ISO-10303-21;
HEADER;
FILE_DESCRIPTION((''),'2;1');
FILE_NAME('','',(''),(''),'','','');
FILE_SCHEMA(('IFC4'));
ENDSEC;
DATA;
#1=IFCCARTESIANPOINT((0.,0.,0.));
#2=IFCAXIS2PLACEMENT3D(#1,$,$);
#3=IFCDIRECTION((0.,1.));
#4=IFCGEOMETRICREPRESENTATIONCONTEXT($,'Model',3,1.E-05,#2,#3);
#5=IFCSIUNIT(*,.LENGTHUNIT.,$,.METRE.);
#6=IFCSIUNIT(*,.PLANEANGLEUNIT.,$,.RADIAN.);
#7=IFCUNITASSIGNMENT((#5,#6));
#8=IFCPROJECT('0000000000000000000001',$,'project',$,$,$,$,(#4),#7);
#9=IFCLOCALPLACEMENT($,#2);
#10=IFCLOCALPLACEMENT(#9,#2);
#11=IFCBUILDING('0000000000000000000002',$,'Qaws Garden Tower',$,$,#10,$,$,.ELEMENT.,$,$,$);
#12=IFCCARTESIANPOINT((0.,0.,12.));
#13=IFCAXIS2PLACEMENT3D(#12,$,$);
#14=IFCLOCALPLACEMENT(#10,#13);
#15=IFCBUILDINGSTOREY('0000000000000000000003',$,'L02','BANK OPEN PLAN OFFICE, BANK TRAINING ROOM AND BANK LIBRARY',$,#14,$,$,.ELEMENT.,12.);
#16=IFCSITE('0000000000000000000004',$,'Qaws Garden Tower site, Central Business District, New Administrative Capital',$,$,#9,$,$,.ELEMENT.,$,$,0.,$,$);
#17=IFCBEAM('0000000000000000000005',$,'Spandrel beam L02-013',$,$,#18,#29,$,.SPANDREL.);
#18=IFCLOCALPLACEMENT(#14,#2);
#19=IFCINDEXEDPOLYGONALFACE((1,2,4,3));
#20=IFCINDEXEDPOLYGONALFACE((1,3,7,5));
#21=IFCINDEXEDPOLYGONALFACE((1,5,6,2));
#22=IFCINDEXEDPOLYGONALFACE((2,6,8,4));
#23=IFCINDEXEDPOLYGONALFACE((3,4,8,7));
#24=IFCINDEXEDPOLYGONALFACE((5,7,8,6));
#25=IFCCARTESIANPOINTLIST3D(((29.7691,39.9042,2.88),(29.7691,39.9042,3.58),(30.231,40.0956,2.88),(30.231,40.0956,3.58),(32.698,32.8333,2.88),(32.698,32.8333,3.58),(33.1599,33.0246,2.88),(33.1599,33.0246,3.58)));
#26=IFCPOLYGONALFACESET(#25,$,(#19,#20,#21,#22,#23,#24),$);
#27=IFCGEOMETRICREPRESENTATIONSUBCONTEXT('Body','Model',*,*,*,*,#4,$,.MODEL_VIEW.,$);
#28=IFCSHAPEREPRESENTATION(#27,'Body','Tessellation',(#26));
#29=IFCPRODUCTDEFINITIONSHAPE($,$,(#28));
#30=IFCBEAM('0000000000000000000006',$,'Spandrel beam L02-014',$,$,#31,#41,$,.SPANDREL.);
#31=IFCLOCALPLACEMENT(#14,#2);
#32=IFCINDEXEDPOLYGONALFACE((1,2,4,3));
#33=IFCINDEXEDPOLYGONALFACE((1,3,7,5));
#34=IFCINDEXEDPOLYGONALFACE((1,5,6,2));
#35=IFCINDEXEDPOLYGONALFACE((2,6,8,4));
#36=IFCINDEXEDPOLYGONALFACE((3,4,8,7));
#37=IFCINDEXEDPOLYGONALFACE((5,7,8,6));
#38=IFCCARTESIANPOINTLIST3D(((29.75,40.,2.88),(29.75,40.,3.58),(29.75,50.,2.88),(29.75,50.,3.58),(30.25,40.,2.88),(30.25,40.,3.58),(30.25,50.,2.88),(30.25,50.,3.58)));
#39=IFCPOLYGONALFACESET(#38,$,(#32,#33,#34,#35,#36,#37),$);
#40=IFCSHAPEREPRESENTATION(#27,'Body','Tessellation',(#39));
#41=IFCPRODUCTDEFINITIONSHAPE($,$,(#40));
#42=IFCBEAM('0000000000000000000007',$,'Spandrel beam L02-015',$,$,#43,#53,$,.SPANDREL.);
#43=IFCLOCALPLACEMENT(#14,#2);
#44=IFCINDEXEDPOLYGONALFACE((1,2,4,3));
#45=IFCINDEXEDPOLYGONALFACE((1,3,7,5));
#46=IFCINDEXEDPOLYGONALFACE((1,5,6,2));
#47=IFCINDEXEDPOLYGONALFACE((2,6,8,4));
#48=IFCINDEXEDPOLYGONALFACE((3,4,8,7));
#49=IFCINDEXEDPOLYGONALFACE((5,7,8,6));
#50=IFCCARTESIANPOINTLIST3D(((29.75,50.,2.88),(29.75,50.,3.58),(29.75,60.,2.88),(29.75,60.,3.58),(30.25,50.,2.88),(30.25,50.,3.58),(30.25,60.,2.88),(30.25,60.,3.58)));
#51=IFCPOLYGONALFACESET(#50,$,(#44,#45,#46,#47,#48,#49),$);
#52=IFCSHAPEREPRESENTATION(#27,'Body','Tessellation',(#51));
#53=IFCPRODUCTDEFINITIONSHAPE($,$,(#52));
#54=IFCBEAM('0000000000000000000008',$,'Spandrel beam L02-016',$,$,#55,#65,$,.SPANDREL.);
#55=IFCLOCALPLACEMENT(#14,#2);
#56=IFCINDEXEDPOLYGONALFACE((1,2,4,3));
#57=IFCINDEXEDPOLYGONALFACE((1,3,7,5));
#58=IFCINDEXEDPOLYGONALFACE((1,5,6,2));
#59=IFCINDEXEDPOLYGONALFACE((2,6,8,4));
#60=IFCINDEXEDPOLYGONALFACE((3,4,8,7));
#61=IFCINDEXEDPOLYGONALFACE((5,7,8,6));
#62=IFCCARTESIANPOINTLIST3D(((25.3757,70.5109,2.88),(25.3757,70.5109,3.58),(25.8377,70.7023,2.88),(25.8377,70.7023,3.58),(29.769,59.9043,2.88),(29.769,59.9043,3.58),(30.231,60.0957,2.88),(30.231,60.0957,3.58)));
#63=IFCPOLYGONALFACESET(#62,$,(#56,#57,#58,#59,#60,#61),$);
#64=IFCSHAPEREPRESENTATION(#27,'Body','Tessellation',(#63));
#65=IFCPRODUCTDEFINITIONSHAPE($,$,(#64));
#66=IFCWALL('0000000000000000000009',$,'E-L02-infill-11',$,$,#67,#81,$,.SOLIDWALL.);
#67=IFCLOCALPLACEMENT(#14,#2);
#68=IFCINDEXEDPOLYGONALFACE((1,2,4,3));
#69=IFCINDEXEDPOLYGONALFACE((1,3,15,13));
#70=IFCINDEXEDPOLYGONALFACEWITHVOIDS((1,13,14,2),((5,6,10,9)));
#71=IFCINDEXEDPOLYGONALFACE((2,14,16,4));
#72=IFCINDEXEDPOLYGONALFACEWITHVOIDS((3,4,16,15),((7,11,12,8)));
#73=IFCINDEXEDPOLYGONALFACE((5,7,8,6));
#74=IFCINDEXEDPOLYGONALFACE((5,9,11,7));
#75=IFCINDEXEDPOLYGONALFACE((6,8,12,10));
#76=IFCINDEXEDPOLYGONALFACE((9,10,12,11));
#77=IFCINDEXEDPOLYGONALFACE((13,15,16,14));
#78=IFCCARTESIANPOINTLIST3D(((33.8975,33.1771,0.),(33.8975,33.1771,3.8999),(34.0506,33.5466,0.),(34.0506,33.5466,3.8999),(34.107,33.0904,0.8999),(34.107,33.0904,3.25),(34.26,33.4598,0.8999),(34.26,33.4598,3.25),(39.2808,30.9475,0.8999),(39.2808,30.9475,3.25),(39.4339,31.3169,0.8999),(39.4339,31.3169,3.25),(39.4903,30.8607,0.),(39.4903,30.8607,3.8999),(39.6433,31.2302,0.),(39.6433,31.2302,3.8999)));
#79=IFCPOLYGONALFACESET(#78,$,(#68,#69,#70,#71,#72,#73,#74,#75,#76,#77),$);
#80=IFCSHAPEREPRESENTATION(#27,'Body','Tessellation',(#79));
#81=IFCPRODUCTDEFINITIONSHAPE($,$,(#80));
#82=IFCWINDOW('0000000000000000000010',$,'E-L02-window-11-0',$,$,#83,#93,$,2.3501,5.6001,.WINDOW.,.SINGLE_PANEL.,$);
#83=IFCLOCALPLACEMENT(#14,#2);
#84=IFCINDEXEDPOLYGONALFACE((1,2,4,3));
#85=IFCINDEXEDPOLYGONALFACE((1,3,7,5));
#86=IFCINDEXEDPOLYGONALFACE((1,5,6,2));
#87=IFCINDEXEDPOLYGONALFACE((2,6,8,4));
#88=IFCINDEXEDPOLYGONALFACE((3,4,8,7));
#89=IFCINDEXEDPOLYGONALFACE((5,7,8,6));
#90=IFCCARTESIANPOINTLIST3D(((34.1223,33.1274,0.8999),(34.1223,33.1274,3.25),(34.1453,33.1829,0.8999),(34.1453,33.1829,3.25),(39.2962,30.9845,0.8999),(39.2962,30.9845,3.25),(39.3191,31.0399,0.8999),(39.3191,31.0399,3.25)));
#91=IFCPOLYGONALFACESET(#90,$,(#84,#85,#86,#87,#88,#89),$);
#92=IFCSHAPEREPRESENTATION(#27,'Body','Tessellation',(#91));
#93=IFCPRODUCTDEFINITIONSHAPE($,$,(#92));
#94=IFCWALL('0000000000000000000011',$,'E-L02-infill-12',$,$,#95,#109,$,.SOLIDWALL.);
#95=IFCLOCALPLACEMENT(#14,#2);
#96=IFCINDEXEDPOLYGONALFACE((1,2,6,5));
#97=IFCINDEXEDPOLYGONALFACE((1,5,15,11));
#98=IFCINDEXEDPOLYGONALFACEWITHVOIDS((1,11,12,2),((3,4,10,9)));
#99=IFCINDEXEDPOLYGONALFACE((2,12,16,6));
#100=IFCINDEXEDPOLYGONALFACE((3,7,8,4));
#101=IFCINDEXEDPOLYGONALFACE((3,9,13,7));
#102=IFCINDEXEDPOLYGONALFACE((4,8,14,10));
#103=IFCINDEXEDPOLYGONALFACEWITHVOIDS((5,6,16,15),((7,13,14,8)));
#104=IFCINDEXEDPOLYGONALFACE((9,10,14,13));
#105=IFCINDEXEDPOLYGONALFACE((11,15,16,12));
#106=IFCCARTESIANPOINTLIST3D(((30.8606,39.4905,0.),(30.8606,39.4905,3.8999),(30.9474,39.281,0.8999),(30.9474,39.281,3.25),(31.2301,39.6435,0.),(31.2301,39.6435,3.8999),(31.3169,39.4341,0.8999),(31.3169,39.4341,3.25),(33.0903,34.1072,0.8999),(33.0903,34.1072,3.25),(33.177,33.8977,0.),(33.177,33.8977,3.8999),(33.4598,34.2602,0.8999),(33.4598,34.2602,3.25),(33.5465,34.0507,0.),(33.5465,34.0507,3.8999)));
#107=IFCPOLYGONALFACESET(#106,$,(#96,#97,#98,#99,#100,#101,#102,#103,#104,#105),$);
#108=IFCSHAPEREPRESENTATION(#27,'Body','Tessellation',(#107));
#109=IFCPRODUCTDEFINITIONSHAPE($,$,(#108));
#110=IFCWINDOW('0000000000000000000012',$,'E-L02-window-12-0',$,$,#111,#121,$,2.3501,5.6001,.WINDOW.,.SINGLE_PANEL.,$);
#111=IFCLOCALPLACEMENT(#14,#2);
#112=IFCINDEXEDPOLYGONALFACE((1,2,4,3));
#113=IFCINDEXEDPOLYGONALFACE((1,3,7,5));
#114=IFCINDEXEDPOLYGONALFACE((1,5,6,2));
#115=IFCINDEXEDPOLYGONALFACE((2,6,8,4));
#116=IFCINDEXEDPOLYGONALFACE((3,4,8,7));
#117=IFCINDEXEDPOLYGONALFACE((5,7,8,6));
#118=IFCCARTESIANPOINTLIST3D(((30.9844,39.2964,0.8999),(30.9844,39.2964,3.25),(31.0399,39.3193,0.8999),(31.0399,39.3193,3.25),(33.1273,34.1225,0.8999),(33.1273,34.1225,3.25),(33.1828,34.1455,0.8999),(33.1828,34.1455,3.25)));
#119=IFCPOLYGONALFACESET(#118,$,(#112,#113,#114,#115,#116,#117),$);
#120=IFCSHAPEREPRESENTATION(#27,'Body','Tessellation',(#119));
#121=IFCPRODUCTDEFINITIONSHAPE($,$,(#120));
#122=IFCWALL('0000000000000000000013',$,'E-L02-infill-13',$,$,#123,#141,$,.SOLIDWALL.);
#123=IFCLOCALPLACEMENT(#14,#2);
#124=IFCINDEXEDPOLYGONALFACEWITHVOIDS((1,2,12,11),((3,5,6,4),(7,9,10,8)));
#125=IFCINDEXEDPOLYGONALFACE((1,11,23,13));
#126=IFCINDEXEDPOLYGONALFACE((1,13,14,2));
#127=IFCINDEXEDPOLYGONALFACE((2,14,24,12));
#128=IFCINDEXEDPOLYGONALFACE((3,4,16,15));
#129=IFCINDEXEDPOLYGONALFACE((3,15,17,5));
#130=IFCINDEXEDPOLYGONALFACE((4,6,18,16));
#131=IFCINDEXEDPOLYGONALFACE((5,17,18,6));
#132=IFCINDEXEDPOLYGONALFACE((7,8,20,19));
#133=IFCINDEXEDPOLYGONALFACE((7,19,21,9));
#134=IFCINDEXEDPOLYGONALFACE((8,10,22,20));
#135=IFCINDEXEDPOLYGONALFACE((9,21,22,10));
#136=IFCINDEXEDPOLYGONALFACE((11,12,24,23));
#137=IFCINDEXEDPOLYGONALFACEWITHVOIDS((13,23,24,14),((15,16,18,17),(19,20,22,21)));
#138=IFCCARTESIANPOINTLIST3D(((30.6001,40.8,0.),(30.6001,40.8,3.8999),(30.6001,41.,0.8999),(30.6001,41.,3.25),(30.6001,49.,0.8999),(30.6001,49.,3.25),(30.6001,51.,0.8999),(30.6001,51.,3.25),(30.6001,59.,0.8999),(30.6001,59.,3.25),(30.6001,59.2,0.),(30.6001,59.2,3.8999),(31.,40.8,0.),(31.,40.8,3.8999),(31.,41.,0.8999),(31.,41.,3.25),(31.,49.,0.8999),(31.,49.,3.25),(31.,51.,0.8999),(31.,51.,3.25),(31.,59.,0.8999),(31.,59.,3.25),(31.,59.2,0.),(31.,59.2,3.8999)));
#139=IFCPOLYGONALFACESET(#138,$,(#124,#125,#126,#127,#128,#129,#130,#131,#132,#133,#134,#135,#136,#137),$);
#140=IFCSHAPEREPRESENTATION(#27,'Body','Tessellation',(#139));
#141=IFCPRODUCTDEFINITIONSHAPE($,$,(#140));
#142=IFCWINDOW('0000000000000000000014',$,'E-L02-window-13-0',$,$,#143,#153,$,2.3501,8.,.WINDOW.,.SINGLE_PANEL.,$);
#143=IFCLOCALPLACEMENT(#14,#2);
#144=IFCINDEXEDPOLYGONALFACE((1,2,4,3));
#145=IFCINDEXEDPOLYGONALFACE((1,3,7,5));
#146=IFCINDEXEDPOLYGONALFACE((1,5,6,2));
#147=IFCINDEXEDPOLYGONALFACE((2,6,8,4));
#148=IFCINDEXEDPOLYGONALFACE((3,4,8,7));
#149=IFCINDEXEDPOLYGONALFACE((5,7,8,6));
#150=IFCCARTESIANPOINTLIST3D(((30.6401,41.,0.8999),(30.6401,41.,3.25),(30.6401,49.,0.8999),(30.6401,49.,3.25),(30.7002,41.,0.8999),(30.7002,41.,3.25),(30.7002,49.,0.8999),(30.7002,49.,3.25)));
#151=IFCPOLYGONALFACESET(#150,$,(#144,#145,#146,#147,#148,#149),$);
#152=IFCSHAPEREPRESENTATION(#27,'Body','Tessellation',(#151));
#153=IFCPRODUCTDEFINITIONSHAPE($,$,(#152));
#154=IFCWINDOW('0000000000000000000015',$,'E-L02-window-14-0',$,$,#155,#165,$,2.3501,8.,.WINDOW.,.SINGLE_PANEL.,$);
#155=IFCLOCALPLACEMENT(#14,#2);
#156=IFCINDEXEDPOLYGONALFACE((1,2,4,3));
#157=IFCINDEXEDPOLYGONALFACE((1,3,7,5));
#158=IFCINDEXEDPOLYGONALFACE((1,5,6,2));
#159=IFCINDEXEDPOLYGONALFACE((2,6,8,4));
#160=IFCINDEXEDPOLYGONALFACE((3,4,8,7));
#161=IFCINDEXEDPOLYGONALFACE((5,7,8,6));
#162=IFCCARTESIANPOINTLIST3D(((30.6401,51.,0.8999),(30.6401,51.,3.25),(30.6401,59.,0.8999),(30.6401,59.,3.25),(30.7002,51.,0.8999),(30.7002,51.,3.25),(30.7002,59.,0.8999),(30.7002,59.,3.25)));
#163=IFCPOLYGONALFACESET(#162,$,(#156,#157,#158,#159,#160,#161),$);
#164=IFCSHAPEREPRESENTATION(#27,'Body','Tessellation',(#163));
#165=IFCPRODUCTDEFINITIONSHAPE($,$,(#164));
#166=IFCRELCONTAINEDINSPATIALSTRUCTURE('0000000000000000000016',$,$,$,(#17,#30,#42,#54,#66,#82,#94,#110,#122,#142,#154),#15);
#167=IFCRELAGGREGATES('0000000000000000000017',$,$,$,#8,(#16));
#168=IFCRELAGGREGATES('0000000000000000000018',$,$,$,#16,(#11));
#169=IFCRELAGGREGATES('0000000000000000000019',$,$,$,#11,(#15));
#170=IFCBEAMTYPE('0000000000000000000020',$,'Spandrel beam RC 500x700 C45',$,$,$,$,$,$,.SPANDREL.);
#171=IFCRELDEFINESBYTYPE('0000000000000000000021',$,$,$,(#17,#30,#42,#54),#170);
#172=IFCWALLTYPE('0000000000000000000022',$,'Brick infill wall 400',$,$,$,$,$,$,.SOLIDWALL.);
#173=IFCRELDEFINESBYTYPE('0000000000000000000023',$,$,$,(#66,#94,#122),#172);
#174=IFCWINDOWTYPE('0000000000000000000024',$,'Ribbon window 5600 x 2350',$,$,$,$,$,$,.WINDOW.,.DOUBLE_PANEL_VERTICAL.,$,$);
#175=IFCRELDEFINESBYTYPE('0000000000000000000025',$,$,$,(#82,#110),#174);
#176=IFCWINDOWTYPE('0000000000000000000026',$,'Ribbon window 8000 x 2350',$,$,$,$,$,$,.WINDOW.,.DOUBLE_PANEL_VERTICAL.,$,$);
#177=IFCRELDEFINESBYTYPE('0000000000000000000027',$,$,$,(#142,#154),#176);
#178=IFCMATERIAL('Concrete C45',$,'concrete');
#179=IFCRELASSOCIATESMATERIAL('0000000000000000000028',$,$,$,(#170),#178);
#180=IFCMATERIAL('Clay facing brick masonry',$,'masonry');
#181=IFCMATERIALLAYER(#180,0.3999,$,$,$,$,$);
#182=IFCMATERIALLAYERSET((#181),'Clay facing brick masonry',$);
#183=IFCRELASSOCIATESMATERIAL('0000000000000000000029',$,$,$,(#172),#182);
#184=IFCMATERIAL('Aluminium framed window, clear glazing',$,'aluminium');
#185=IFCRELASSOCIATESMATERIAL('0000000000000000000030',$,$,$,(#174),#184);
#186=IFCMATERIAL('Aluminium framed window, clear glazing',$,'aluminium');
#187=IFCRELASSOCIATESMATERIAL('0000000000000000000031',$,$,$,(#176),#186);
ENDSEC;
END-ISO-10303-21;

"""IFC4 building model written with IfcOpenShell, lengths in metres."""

from ifc_helpers import new_model, si_unit, direction, frame, frame_2d, origin, origin_2d, place, context, subcontext, project, spatial, rectangle, extrude, material, layer, layer_set, material_profile, profile_set, type_object, element, fill, save


model = new_model("IFC4")

# Units and contexts
model_context = context("Model", 3, precision=1e-05, world=origin(), true_north=direction((0.0, 1.0)))
body_context = subcontext(model_context, "Body", "Model", "MODEL_VIEW")
ifc_project = project(units=[si_unit("LENGTHUNIT", "METRE"), si_unit("PLANEANGLEUNIT", "RADIAN")], contexts=[model_context])

# Site, building, storey
site_placement = place(None, origin())
site = spatial("IfcSite", under=ifc_project, at=site_placement, Name="Qaws Garden Tower site, Central Business District, New Administrative Capital", CompositionType="ELEMENT", RefElevation=0.0)
building_placement = place(site_placement, origin())
building = spatial("IfcBuilding", under=site, at=building_placement, Name="Qaws Garden Tower", CompositionType="ELEMENT")
storey_placement = place(building_placement, frame((0.0, 0.0, 12.0)))
storey = spatial("IfcBuildingStorey", under=building, at=storey_placement, Name="L02", Description="BANK OPEN PLAN OFFICE, BANK TRAINING ROOM AND BANK LIBRARY", CompositionType="ELEMENT", Elevation=12.0)

# Beams
ifc_material_1 = material(Name="Concrete C45", Category="concrete")
ifc_material_profile_1 = material_profile(ifc_material_1, rectangle(XDim=0.5, YDim=0.7, at=origin_2d()), Name="RC 500x700")
ifc_profile_set_1 = profile_set([ifc_material_profile_1], Name="Concrete C45")
beam_type = type_object("IfcBeamType", Name="Spandrel beam RC 500x700 C45", PredefinedType="SPANDREL", material=ifc_profile_set_1)
beam_1_placement = place(storey_placement, frame((32.929, 32.929, 3.23), z_axis=(-0.382687, 0.923878, 0.0), x_axis=(-0.923878, -0.382687, 0.0)))
element("IfcBeam", 1, at=beam_1_placement, inside=storey, type_object=beam_type, Name="Spandrel beam L02-013", PredefinedType="SPANDREL", context=body_context, shape_type="SweptSolid", body=[
    extrude(rectangle(XDim=0.5, YDim=0.7, at=origin_2d()), origin(), (0.0, 0.0, 1.0), 7.6536),
])
for number, where, z_axis, x_axis, name in (
    (2, (30.0, 40.0, 3.23), (0.0, 1.0, 0.0), (-1.0, 0.0, 0.0), "Spandrel beam L02-014"),
    (3, (30.0, 50.0, 3.23), (0.0, 1.0, 0.0), (-1.0, 0.0, 0.0), "Spandrel beam L02-015"),
):
    element("IfcBeam", number, at=place(storey_placement, frame(where, z_axis=z_axis, x_axis=x_axis)), inside=storey, type_object=beam_type, Name=name, PredefinedType="SPANDREL", context=body_context, shape_type="SweptSolid", body=[
        extrude(rectangle(XDim=0.5, YDim=0.7, at=origin_2d()), origin(), (0.0, 0.0, 1.0), 10.0),
    ])
beam_2_placement = place(storey_placement, frame((30.0, 60.0, 3.23), z_axis=(-0.382674, 0.923883, 0.0), x_axis=(-0.923883, -0.382674, 0.0)))
element("IfcBeam", 4, at=beam_2_placement, inside=storey, type_object=beam_type, Name="Spandrel beam L02-016", PredefinedType="SPANDREL", context=body_context, shape_type="SweptSolid", body=[
    extrude(rectangle(XDim=0.5, YDim=0.7, at=origin_2d()), origin(), (0.0, 0.0, 1.0), 11.4805),
])

# Walls, openings, windows
ifc_material_2 = material(Name="Clay facing brick masonry", Category="masonry")
ifc_layer_1 = layer(ifc_material_2, 0.3999)
ifc_layer_set_1 = layer_set([ifc_layer_1], Name="Clay facing brick masonry")
wall_type_1 = type_object("IfcWallType", Name="Brick infill wall 400", PredefinedType="SOLIDWALL", material=ifc_layer_set_1)
wall_1_placement = place(storey_placement, frame((39.5669, 31.0454, 0.0), z_axis=(0.0, 0.0, 1.0), x_axis=(-0.923891, 0.382656, 0.0)))
wall_1 = element("IfcWall", 5, at=wall_1_placement, inside=storey, type_object=wall_type_1, Name="E-L02-infill-11", PredefinedType="SOLIDWALL", context=body_context, shape_type="SweptSolid", body=[
    extrude(rectangle(XDim=6.0535, YDim=0.3999, at=frame_2d((3.0269, 0.0))), origin(), (0.0, 0.0, 1.0), 3.8999),
])
opening_1_placement = place(wall_1_placement, frame((0.2268, 0.0, 0.8999)))
opening_1 = element("IfcOpeningElement", 6, at=opening_1_placement, cuts=wall_1, PredefinedType="OPENING", context=body_context, shape_type="SweptSolid", body=[
    extrude(rectangle(XDim=5.6001, YDim=2.3501, at=frame_2d((2.8, 1.175))), frame((0.0, 0.21, 0.0), z_axis=(0.0, -1.0, 0.0), x_axis=(1.0, 0.0, 0.0)), (0.0, 0.0, 1.0), 0.4199),
])
ifc_material_3 = material(Name="Aluminium framed window, clear glazing", Category="aluminium")
window_type_1 = type_object("IfcWindowType", Name="Ribbon window 5600 x 2350", PartitioningType="DOUBLE_PANEL_VERTICAL", PredefinedType="WINDOW", material=ifc_material_3)
window_1_placement = place(opening_1_placement, origin())
window_1 = element("IfcWindow", 7, at=window_1_placement, inside=storey, type_object=window_type_1, Name="E-L02-window-11-0", OverallHeight=2.3501, OverallWidth=5.6001, PartitioningType="SINGLE_PANEL", PredefinedType="WINDOW", context=body_context, shape_type="SweptSolid", body=[
    extrude(rectangle(XDim=5.6001, YDim=2.3501, at=frame_2d((2.8, 1.175))), frame((0.0, 0.1599, 0.0), z_axis=(0.0, -1.0, 0.0), x_axis=(1.0, 0.0, 0.0)), (0.0, 0.0, 1.0), 0.0601),
])
fill(opening_1, window_1)
wall_2_placement = place(storey_placement, frame((33.3618, 33.9741, 0.0), z_axis=(0.0, 0.0, 1.0), x_axis=(-0.382656, 0.923891, 0.0)))
wall_2 = element("IfcWall", 8, at=wall_2_placement, inside=storey, type_object=wall_type_1, Name="E-L02-infill-12", PredefinedType="SOLIDWALL", context=body_context, shape_type="SweptSolid", body=[
    extrude(rectangle(XDim=6.0535, YDim=0.3999, at=frame_2d((3.0269, 0.0))), origin(), (0.0, 0.0, 1.0), 3.8999),
])
opening_2_placement = place(wall_2_placement, frame((0.2268, 0.0, 0.8999)))
opening_2 = element("IfcOpeningElement", 9, at=opening_2_placement, cuts=wall_2, PredefinedType="OPENING", context=body_context, shape_type="SweptSolid", body=[
    extrude(rectangle(XDim=5.6001, YDim=2.3501, at=frame_2d((2.8, 1.175))), frame((0.0, 0.21, 0.0), z_axis=(0.0, -1.0, 0.0), x_axis=(1.0, 0.0, 0.0)), (0.0, 0.0, 1.0), 0.4199),
])
window_2_placement = place(opening_2_placement, origin())
window_2 = element("IfcWindow", 10, at=window_2_placement, inside=storey, type_object=window_type_1, Name="E-L02-window-12-0", OverallHeight=2.3501, OverallWidth=5.6001, PartitioningType="SINGLE_PANEL", PredefinedType="WINDOW", context=body_context, shape_type="SweptSolid", body=[
    extrude(rectangle(XDim=5.6001, YDim=2.3501, at=frame_2d((2.8, 1.175))), frame((0.0, 0.1599, 0.0), z_axis=(0.0, -1.0, 0.0), x_axis=(1.0, 0.0, 0.0)), (0.0, 0.0, 1.0), 0.0601),
])
fill(opening_2, window_2)

# Wall, openings, windows
wall_3_placement = place(storey_placement, frame((30.8, 40.8, 0.0), z_axis=(0.0, 0.0, 1.0), x_axis=(0.0, 1.0, 0.0)))
wall_3 = element("IfcWall", 11, at=wall_3_placement, inside=storey, type_object=wall_type_1, Name="E-L02-infill-13", PredefinedType="SOLIDWALL", context=body_context, shape_type="SweptSolid", body=[
    extrude(rectangle(XDim=18.3999, YDim=0.3999, at=frame_2d((9.2, 0.0))), origin(), (0.0, 0.0, 1.0), 3.8999),
])
opening_3_placement = place(wall_3_placement, frame((0.2, 0.0, 0.8999)))
opening_3 = element("IfcOpeningElement", 12, at=opening_3_placement, cuts=wall_3, PredefinedType="OPENING", context=body_context, shape_type="SweptSolid", body=[
    extrude(rectangle(XDim=8.0, YDim=2.3501, at=frame_2d((4.0, 1.175))), frame((0.0, 0.21, 0.0), z_axis=(0.0, -1.0, 0.0), x_axis=(1.0, 0.0, 0.0)), (0.0, 0.0, 1.0), 0.4199),
])
opening_4_placement = place(wall_3_placement, frame((10.2, 0.0, 0.8999)))
opening_4 = element("IfcOpeningElement", 13, at=opening_4_placement, cuts=wall_3, PredefinedType="OPENING", context=body_context, shape_type="SweptSolid", body=[
    extrude(rectangle(XDim=8.0, YDim=2.3501, at=frame_2d((4.0, 1.175))), frame((0.0, 0.21, 0.0), z_axis=(0.0, -1.0, 0.0), x_axis=(1.0, 0.0, 0.0)), (0.0, 0.0, 1.0), 0.4199),
])
ifc_material_4 = material(Name="Aluminium framed window, clear glazing", Category="aluminium")
window_type_2 = type_object("IfcWindowType", Name="Ribbon window 8000 x 2350", PartitioningType="DOUBLE_PANEL_VERTICAL", PredefinedType="WINDOW", material=ifc_material_4)
window_3_placement = place(opening_3_placement, origin())
window_3 = element("IfcWindow", 14, at=window_3_placement, inside=storey, type_object=window_type_2, Name="E-L02-window-13-0", OverallHeight=2.3501, OverallWidth=8.0, PartitioningType="SINGLE_PANEL", PredefinedType="WINDOW", context=body_context, shape_type="SweptSolid", body=[
    extrude(rectangle(XDim=8.0, YDim=2.3501, at=frame_2d((4.0, 1.175))), frame((0.0, 0.1599, 0.0), z_axis=(0.0, -1.0, 0.0), x_axis=(1.0, 0.0, 0.0)), (0.0, 0.0, 1.0), 0.0601),
])
fill(opening_3, window_3)
window_4_placement = place(opening_4_placement, origin())
window_4 = element("IfcWindow", 15, at=window_4_placement, inside=storey, type_object=window_type_2, Name="E-L02-window-14-0", OverallHeight=2.3501, OverallWidth=8.0, PartitioningType="SINGLE_PANEL", PredefinedType="WINDOW", context=body_context, shape_type="SweptSolid", body=[
    extrude(rectangle(XDim=8.0, YDim=2.3501, at=frame_2d((4.0, 1.175))), frame((0.0, 0.1599, 0.0), z_axis=(0.0, -1.0, 0.0), x_axis=(1.0, 0.0, 0.0)), (0.0, 0.0, 1.0), 0.0601),
])
fill(opening_4, window_4)

save(model, "model.ifc")
